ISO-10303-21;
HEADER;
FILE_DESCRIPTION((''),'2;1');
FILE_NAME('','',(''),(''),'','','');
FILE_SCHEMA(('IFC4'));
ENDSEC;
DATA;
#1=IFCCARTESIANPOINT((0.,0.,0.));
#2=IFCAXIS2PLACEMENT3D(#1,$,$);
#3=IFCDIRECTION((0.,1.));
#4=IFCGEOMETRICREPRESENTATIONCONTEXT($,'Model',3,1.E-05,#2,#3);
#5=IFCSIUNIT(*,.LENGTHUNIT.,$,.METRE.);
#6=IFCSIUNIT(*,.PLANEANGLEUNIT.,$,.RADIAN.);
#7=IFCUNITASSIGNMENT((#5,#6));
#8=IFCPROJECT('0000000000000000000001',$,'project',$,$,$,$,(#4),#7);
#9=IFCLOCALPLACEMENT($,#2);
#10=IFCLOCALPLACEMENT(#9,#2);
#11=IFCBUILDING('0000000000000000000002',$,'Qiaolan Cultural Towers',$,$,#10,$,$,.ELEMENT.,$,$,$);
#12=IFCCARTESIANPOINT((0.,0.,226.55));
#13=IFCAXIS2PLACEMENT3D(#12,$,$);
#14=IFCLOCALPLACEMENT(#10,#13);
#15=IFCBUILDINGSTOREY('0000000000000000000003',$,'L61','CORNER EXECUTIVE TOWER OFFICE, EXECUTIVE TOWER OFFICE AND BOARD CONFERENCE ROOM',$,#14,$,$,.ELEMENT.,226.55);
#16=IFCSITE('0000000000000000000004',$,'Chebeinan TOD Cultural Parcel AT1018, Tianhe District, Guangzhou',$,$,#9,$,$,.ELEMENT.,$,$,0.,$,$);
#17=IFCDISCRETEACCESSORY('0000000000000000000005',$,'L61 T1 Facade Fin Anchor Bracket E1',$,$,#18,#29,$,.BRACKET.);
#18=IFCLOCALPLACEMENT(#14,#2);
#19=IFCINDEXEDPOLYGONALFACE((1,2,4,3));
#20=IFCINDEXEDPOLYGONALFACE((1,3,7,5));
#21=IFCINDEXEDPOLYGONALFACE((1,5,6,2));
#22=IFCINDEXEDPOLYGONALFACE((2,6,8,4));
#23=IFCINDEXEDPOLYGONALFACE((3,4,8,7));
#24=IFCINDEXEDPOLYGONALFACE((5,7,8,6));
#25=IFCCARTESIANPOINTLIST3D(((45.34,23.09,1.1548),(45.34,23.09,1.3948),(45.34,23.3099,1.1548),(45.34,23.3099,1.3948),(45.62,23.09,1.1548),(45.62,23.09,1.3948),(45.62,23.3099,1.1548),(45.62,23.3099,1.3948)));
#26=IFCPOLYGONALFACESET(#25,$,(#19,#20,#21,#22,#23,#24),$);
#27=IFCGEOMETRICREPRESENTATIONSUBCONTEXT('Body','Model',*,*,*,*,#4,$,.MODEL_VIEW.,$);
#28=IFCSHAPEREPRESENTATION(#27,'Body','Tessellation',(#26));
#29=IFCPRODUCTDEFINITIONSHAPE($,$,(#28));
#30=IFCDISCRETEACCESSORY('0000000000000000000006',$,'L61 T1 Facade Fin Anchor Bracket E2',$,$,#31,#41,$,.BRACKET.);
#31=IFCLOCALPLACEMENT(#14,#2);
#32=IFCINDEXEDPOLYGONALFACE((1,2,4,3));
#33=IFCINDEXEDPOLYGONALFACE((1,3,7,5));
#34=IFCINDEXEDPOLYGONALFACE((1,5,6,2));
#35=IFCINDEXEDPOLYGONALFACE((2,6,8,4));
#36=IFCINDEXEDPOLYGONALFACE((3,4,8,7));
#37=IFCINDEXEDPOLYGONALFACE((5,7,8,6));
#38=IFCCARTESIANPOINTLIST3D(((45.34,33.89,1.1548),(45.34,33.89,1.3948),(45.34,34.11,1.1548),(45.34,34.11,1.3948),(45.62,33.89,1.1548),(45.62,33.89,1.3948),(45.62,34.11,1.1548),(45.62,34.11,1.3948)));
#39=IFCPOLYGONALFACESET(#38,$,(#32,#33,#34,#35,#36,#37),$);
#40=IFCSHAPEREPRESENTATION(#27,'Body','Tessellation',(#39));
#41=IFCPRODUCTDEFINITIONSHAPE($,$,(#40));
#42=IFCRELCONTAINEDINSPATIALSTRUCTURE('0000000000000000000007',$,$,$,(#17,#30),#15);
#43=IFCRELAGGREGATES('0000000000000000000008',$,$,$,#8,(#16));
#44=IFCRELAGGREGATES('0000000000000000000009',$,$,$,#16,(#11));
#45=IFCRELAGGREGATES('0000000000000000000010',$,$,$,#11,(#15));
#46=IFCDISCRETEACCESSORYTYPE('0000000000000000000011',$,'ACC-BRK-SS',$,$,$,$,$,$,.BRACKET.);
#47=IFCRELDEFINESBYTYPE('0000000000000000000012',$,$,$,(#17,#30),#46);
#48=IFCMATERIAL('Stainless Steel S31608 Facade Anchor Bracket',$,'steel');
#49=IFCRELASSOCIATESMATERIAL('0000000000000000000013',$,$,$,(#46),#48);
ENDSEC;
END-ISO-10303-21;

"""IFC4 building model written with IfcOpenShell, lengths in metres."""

from ifc_helpers import new_model, si_unit, direction, frame, origin, origin_2d, place, context, subcontext, project, spatial, rectangle, extrude, material, type_object, element, save


model = new_model("IFC4")

# Units and contexts
model_context = context("Model", 3, precision=1e-05, world=origin(), true_north=direction((0.0, 1.0)))
body_context = subcontext(model_context, "Body", "Model", "MODEL_VIEW")
ifc_project = project(units=[si_unit("LENGTHUNIT", "METRE"), si_unit("PLANEANGLEUNIT", "RADIAN")], contexts=[model_context])

# Site, building, storey
site_placement = place(None, origin())
site = spatial("IfcSite", under=ifc_project, at=site_placement, Name="Chebeinan TOD Cultural Parcel AT1018, Tianhe District, Guangzhou", CompositionType="ELEMENT", RefElevation=0.0)
building_placement = place(site_placement, origin())
building = spatial("IfcBuilding", under=site, at=building_placement, Name="Qiaolan Cultural Towers", CompositionType="ELEMENT")
storey_placement = place(building_placement, frame((0.0, 0.0, 226.55)))
storey = spatial("IfcBuildingStorey", under=building, at=storey_placement, Name="L61", Description="CORNER EXECUTIVE TOWER OFFICE, EXECUTIVE TOWER OFFICE AND BOARD CONFERENCE ROOM", CompositionType="ELEMENT", Elevation=226.55)

# Discrete accessories
ifc_material_1 = material(Name="Stainless Steel S31608 Facade Anchor Bracket", Category="steel")
discrete_accessory_type = type_object("IfcDiscreteAccessoryType", Name="ACC-BRK-SS", PredefinedType="BRACKET", material=ifc_material_1)
for number, where, z_axis, x_axis, name in (
    (1, (45.48, 23.2, 1.1548), (0.0, 0.0, 1.0), (1.0, 0.0, 0.0), "L61 T1 Facade Fin Anchor Bracket E1"),
    (2, (45.48, 34.0, 1.1548), (0.0, 0.0, 1.0), (1.0, 0.0, 0.0), "L61 T1 Facade Fin Anchor Bracket E2"),
):
    element("IfcDiscreteAccessory", number, at=place(storey_placement, frame(where, z_axis=z_axis, x_axis=x_axis)), inside=storey, type_object=discrete_accessory_type, Name=name, PredefinedType="BRACKET", context=body_context, shape_type="SweptSolid", body=[
        extrude(rectangle(XDim=0.28, YDim=0.22, at=origin_2d()), origin(), (0.0, 0.0, 1.0), 0.24),
    ])

save(model, "model.ifc")
